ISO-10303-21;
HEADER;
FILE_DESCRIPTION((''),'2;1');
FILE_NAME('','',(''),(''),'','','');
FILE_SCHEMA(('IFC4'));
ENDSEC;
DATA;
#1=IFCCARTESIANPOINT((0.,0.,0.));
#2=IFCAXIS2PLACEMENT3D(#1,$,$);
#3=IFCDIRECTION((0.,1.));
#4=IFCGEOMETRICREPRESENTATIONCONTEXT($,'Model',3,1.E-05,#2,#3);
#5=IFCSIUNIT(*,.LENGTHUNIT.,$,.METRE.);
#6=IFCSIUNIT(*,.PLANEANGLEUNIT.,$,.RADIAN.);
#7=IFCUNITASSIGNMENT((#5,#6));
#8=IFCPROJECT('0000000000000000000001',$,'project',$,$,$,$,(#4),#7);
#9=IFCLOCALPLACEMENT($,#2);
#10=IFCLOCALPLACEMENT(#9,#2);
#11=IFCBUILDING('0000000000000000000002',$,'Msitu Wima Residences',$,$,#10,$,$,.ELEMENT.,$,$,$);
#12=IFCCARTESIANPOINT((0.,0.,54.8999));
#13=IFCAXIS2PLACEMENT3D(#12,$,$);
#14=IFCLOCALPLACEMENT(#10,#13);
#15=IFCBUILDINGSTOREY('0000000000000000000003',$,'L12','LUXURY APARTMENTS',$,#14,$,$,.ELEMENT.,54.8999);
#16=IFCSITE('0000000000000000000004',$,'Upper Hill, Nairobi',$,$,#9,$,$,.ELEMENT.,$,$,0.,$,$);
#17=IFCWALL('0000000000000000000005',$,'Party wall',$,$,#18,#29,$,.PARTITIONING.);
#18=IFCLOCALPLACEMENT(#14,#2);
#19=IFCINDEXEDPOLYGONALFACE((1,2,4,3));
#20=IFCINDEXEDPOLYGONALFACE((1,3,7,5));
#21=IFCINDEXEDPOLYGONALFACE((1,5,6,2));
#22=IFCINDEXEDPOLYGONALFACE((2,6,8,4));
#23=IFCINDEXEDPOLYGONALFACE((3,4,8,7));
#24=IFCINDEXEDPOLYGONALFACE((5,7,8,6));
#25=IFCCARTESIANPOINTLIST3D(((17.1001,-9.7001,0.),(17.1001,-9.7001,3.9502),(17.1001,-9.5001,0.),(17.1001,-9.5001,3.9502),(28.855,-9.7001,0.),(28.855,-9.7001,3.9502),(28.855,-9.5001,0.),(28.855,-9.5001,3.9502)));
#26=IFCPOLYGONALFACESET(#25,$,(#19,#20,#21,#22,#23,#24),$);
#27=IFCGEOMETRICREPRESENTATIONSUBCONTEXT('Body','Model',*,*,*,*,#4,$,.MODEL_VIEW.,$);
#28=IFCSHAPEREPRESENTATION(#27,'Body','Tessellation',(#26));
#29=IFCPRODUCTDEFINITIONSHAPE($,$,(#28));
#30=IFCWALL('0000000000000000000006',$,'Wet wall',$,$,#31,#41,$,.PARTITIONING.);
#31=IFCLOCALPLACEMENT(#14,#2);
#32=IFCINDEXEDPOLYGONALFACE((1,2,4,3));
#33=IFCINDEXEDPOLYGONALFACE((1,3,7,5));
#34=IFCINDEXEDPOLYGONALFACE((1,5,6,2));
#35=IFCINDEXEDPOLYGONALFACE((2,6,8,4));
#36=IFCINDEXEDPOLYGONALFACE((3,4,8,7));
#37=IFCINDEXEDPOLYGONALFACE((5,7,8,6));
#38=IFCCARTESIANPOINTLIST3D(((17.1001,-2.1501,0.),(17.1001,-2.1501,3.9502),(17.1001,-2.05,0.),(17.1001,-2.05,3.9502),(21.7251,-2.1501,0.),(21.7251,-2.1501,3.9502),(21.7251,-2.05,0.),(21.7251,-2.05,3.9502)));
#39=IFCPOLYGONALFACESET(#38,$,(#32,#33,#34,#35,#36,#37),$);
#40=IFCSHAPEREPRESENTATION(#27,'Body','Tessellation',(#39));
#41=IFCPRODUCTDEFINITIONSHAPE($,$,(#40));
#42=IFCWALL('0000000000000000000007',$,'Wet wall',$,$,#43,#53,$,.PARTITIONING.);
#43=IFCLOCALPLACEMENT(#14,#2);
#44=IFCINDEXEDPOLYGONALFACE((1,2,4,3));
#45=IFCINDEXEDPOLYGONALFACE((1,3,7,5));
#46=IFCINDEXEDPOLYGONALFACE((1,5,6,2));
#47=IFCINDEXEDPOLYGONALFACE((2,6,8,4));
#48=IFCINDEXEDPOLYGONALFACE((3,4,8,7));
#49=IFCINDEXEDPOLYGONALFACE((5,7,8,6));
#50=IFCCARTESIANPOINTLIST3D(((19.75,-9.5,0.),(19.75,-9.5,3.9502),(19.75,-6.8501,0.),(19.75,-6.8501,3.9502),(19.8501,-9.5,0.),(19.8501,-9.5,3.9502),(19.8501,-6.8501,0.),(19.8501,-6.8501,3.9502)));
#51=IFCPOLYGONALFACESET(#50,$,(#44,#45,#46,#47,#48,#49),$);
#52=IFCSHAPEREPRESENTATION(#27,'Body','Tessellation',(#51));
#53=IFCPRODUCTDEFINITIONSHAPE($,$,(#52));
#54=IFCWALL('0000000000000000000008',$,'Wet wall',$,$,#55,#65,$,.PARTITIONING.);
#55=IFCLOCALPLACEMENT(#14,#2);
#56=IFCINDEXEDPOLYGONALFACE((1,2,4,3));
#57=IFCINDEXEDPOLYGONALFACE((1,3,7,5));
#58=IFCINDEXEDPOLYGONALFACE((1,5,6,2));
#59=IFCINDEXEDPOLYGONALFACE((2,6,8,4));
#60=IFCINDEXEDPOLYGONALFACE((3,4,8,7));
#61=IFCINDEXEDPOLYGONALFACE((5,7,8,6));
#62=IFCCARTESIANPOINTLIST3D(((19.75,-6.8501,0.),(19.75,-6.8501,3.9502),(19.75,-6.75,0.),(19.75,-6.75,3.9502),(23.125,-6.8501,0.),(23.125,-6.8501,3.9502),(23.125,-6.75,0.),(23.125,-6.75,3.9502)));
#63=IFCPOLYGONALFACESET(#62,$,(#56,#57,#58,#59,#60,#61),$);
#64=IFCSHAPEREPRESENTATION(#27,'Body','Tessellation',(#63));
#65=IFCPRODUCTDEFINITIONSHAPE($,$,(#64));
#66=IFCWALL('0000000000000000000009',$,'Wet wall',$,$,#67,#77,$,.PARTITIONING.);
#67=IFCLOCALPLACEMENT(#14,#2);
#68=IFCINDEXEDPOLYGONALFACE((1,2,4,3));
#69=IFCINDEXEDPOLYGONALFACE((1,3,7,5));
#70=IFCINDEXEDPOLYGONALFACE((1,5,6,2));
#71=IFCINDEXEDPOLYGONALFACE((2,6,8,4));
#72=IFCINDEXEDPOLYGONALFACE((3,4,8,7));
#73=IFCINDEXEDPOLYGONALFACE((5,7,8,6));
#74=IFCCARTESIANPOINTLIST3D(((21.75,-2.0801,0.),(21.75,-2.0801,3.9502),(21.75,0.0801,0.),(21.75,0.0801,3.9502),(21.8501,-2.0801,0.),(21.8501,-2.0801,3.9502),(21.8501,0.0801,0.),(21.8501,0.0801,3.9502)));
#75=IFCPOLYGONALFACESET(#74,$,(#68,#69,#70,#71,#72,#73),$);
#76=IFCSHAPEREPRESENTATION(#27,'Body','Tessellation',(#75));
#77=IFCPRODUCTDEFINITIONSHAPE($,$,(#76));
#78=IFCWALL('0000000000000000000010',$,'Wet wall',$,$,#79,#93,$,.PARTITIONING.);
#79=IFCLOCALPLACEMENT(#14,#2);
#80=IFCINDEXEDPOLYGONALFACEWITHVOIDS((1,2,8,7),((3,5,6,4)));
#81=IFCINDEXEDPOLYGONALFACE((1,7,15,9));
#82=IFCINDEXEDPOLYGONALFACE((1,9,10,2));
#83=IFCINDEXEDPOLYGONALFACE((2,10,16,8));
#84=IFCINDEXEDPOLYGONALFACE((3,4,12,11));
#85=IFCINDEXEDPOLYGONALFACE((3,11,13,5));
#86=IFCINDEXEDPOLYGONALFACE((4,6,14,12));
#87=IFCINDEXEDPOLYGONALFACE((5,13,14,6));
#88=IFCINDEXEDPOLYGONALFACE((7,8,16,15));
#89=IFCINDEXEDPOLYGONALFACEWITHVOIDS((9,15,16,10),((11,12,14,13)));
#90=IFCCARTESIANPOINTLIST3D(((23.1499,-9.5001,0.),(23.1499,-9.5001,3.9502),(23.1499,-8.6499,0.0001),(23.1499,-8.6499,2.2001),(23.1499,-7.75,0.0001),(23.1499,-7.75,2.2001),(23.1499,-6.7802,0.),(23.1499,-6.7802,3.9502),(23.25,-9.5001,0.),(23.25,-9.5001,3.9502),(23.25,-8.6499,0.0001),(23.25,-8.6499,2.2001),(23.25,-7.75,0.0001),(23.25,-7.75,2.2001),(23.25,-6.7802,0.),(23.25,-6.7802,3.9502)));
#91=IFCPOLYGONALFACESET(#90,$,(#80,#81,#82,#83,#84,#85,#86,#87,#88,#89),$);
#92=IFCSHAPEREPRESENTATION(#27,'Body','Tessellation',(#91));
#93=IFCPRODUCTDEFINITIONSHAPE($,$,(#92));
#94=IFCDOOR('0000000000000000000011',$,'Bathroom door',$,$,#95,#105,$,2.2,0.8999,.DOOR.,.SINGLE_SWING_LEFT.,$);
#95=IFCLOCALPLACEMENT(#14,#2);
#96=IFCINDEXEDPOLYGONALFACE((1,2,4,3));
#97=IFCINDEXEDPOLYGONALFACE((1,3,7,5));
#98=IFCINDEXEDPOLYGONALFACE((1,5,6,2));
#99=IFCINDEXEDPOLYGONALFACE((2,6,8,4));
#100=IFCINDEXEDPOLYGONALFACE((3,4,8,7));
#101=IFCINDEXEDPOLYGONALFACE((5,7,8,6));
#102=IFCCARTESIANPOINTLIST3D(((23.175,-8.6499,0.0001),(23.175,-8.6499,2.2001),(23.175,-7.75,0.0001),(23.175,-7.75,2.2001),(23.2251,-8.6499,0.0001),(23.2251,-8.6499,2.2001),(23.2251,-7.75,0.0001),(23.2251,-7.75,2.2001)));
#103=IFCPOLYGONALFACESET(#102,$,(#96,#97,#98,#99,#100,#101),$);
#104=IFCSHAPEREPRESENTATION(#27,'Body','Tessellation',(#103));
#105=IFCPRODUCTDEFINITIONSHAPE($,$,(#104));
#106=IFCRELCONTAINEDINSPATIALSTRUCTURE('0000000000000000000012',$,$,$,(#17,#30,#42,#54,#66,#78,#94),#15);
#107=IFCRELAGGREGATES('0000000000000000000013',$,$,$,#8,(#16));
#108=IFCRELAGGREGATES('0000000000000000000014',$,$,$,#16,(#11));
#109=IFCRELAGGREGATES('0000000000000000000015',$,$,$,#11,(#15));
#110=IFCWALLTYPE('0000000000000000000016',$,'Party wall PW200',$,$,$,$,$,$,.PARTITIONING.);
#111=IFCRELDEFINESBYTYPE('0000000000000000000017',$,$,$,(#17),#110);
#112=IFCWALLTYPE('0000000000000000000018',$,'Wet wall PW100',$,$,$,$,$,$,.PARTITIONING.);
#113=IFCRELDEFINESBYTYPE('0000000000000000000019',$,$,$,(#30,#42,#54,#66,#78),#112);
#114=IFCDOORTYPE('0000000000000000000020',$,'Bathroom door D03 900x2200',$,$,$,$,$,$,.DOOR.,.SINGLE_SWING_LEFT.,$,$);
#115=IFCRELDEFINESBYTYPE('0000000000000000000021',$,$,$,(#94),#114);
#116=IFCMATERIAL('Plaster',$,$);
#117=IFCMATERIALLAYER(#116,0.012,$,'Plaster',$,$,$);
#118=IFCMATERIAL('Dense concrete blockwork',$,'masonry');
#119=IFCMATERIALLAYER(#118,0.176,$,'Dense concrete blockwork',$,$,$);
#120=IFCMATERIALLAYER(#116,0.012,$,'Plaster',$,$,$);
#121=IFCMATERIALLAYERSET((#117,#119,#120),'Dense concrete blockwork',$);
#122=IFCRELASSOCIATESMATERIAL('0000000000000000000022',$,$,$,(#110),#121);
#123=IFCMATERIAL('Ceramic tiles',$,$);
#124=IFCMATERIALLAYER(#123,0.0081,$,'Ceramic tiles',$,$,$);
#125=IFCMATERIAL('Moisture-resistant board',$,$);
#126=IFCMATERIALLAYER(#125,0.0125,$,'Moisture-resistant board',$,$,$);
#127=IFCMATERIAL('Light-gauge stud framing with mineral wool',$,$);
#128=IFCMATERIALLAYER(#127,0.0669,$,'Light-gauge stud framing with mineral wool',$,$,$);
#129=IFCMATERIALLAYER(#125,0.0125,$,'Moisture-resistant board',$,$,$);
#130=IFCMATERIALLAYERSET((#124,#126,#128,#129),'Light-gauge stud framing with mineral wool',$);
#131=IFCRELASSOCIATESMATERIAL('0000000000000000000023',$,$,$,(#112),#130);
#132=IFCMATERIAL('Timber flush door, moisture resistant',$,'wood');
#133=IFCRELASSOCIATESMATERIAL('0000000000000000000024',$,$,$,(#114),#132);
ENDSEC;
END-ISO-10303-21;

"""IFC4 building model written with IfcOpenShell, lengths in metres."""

from ifc_helpers import new_model, si_unit, direction, frame, frame_2d, origin, place, context, subcontext, project, spatial, rectangle, extrude, material, layer, layer_set, type_object, element, fill, save


model = new_model("IFC4")

# Units and contexts
model_context = context("Model", 3, precision=1e-05, world=origin(), true_north=direction((0.0, 1.0)))
body_context = subcontext(model_context, "Body", "Model", "MODEL_VIEW")
ifc_project = project(units=[si_unit("LENGTHUNIT", "METRE"), si_unit("PLANEANGLEUNIT", "RADIAN")], contexts=[model_context])

# Site, building, storey
site_placement = place(None, origin())
site = spatial("IfcSite", under=ifc_project, at=site_placement, Name="Upper Hill, Nairobi", CompositionType="ELEMENT", RefElevation=0.0)
building_placement = place(site_placement, origin())
building = spatial("IfcBuilding", under=site, at=building_placement, Name="Msitu Wima Residences", CompositionType="ELEMENT")
storey_placement = place(building_placement, frame((0.0, 0.0, 54.8999)))
storey = spatial("IfcBuildingStorey", under=building, at=storey_placement, Name="L12", Description="LUXURY APARTMENTS", CompositionType="ELEMENT", Elevation=54.8999)

# Shared definitions
ifc_material_1 = material(Name="Plaster")

# Walls
ifc_layer_1 = layer(ifc_material_1, 0.012, Name="Plaster")
ifc_material_2 = material(Name="Dense concrete blockwork", Category="masonry")
ifc_layer_2 = layer(ifc_material_2, 0.176, Name="Dense concrete blockwork")
ifc_layer_3 = layer(ifc_material_1, 0.012, Name="Plaster")
ifc_layer_set_1 = layer_set([ifc_layer_1, ifc_layer_2, ifc_layer_3], Name="Dense concrete blockwork")
wall_type_1 = type_object("IfcWallType", Name="Party wall PW200", PredefinedType="PARTITIONING", material=ifc_layer_set_1)
wall_1_placement = place(storey_placement, frame((17.1001, -9.6001, 0.0), z_axis=(0.0, 0.0, 1.0), x_axis=(1.0, 0.0, 0.0)))
element("IfcWall", 1, at=wall_1_placement, inside=storey, type_object=wall_type_1, Name="Party wall", PredefinedType="PARTITIONING", context=body_context, shape_type="SweptSolid", body=[
    extrude(rectangle(XDim=11.7549, YDim=0.2, at=frame_2d((5.8774, 0.0))), origin(), (0.0, 0.0, 1.0), 3.9502),
])
ifc_material_3 = material(Name="Ceramic tiles")
ifc_layer_4 = layer(ifc_material_3, 0.0081, Name="Ceramic tiles")
ifc_material_4 = material(Name="Moisture-resistant board")
ifc_layer_5 = layer(ifc_material_4, 0.0125, Name="Moisture-resistant board")
ifc_material_5 = material(Name="Light-gauge stud framing with mineral wool")
ifc_layer_6 = layer(ifc_material_5, 0.0669, Name="Light-gauge stud framing with mineral wool")
ifc_layer_7 = layer(ifc_material_4, 0.0125, Name="Moisture-resistant board")
ifc_layer_set_2 = layer_set([ifc_layer_4, ifc_layer_5, ifc_layer_6, ifc_layer_7], Name="Light-gauge stud framing with mineral wool")
wall_type_2 = type_object("IfcWallType", Name="Wet wall PW100", PredefinedType="PARTITIONING", material=ifc_layer_set_2)
wall_2_placement = place(storey_placement, frame((17.1001, -2.1001, 0.0), z_axis=(0.0, 0.0, 1.0), x_axis=(1.0, 0.0, 0.0)))
element("IfcWall", 2, at=wall_2_placement, inside=storey, type_object=wall_type_2, Name="Wet wall", PredefinedType="PARTITIONING", context=body_context, shape_type="SweptSolid", body=[
    extrude(rectangle(XDim=4.625, YDim=0.1001, at=frame_2d((2.3125, 0.0))), origin(), (0.0, 0.0, 1.0), 3.9502),
])
wall_3_placement = place(storey_placement, frame((19.8, -9.5, 0.0), z_axis=(0.0, 0.0, 1.0), x_axis=(0.0, 1.0, 0.0)))
element("IfcWall", 3, at=wall_3_placement, inside=storey, type_object=wall_type_2, Name="Wet wall", PredefinedType="PARTITIONING", context=body_context, shape_type="SweptSolid", body=[
    extrude(rectangle(XDim=2.6499, YDim=0.1001, at=frame_2d((1.325, 0.0))), origin(), (0.0, 0.0, 1.0), 3.9502),
])
wall_4_placement = place(storey_placement, frame((19.75, -6.8, 0.0), z_axis=(0.0, 0.0, 1.0), x_axis=(1.0, 0.0, 0.0)))
element("IfcWall", 4, at=wall_4_placement, inside=storey, type_object=wall_type_2, Name="Wet wall", PredefinedType="PARTITIONING", context=body_context, shape_type="SweptSolid", body=[
    extrude(rectangle(XDim=3.375, YDim=0.1001, at=frame_2d((1.6875, 0.0))), origin(), (0.0, 0.0, 1.0), 3.9502),
])
wall_5_placement = place(storey_placement, frame((21.8, -2.0801, 0.0), z_axis=(0.0, 0.0, 1.0), x_axis=(0.0, 1.0, 0.0)))
element("IfcWall", 5, at=wall_5_placement, inside=storey, type_object=wall_type_2, Name="Wet wall", PredefinedType="PARTITIONING", context=body_context, shape_type="SweptSolid", body=[
    extrude(rectangle(XDim=2.1602, YDim=0.1001, at=frame_2d((1.0801, 0.0))), origin(), (0.0, 0.0, 1.0), 3.9502),
])

# Wall, opening, door
wall_6_placement = place(storey_placement, frame((23.2, -9.5, 0.0), z_axis=(0.0, 0.0, 1.0), x_axis=(0.0, 1.0, 0.0)))
wall_6 = element("IfcWall", 6, at=wall_6_placement, inside=storey, type_object=wall_type_2, Name="Wet wall", PredefinedType="PARTITIONING", context=body_context, shape_type="SweptSolid", body=[
    extrude(rectangle(XDim=2.72, YDim=0.1001, at=frame_2d((1.3599, 0.0))), origin(), (0.0, 0.0, 1.0), 3.9502),
])
opening_1_placement = place(wall_6_placement, frame((0.8501, 0.0, 0.0)))
opening_1 = element("IfcOpeningElement", 7, at=opening_1_placement, cuts=wall_6, PredefinedType="OPENING", context=body_context, shape_type="SweptSolid", body=[
    extrude(rectangle(XDim=0.8999, YDim=2.2, at=frame_2d((0.45, 1.1001))), frame((0.0, 0.0601, 0.0), z_axis=(0.0, -1.0, 0.0), x_axis=(1.0, 0.0, 0.0)), (0.0, 0.0, 1.0), 0.1201),
])
ifc_material_6 = material(Name="Timber flush door, moisture resistant", Category="wood")
door_type_1 = type_object("IfcDoorType", Name="Bathroom door D03 900x2200", OperationType="SINGLE_SWING_LEFT", PredefinedType="DOOR", material=ifc_material_6)
door_1_placement = place(opening_1_placement, origin())
door_1 = element("IfcDoor", 8, at=door_1_placement, inside=storey, type_object=door_type_1, Name="Bathroom door", OperationType="SINGLE_SWING_LEFT", OverallHeight=2.2, OverallWidth=0.8999, PredefinedType="DOOR", context=body_context, shape_type="SweptSolid", body=[
    extrude(rectangle(XDim=0.8999, YDim=2.2, at=frame_2d((0.45, 1.1001))), frame((0.0, 0.0249, 0.0), z_axis=(0.0, -1.0, 0.0), x_axis=(1.0, 0.0, 0.0)), (0.0, 0.0, 1.0), 0.05),
])
fill(opening_1, door_1)

save(model, "model.ifc")
